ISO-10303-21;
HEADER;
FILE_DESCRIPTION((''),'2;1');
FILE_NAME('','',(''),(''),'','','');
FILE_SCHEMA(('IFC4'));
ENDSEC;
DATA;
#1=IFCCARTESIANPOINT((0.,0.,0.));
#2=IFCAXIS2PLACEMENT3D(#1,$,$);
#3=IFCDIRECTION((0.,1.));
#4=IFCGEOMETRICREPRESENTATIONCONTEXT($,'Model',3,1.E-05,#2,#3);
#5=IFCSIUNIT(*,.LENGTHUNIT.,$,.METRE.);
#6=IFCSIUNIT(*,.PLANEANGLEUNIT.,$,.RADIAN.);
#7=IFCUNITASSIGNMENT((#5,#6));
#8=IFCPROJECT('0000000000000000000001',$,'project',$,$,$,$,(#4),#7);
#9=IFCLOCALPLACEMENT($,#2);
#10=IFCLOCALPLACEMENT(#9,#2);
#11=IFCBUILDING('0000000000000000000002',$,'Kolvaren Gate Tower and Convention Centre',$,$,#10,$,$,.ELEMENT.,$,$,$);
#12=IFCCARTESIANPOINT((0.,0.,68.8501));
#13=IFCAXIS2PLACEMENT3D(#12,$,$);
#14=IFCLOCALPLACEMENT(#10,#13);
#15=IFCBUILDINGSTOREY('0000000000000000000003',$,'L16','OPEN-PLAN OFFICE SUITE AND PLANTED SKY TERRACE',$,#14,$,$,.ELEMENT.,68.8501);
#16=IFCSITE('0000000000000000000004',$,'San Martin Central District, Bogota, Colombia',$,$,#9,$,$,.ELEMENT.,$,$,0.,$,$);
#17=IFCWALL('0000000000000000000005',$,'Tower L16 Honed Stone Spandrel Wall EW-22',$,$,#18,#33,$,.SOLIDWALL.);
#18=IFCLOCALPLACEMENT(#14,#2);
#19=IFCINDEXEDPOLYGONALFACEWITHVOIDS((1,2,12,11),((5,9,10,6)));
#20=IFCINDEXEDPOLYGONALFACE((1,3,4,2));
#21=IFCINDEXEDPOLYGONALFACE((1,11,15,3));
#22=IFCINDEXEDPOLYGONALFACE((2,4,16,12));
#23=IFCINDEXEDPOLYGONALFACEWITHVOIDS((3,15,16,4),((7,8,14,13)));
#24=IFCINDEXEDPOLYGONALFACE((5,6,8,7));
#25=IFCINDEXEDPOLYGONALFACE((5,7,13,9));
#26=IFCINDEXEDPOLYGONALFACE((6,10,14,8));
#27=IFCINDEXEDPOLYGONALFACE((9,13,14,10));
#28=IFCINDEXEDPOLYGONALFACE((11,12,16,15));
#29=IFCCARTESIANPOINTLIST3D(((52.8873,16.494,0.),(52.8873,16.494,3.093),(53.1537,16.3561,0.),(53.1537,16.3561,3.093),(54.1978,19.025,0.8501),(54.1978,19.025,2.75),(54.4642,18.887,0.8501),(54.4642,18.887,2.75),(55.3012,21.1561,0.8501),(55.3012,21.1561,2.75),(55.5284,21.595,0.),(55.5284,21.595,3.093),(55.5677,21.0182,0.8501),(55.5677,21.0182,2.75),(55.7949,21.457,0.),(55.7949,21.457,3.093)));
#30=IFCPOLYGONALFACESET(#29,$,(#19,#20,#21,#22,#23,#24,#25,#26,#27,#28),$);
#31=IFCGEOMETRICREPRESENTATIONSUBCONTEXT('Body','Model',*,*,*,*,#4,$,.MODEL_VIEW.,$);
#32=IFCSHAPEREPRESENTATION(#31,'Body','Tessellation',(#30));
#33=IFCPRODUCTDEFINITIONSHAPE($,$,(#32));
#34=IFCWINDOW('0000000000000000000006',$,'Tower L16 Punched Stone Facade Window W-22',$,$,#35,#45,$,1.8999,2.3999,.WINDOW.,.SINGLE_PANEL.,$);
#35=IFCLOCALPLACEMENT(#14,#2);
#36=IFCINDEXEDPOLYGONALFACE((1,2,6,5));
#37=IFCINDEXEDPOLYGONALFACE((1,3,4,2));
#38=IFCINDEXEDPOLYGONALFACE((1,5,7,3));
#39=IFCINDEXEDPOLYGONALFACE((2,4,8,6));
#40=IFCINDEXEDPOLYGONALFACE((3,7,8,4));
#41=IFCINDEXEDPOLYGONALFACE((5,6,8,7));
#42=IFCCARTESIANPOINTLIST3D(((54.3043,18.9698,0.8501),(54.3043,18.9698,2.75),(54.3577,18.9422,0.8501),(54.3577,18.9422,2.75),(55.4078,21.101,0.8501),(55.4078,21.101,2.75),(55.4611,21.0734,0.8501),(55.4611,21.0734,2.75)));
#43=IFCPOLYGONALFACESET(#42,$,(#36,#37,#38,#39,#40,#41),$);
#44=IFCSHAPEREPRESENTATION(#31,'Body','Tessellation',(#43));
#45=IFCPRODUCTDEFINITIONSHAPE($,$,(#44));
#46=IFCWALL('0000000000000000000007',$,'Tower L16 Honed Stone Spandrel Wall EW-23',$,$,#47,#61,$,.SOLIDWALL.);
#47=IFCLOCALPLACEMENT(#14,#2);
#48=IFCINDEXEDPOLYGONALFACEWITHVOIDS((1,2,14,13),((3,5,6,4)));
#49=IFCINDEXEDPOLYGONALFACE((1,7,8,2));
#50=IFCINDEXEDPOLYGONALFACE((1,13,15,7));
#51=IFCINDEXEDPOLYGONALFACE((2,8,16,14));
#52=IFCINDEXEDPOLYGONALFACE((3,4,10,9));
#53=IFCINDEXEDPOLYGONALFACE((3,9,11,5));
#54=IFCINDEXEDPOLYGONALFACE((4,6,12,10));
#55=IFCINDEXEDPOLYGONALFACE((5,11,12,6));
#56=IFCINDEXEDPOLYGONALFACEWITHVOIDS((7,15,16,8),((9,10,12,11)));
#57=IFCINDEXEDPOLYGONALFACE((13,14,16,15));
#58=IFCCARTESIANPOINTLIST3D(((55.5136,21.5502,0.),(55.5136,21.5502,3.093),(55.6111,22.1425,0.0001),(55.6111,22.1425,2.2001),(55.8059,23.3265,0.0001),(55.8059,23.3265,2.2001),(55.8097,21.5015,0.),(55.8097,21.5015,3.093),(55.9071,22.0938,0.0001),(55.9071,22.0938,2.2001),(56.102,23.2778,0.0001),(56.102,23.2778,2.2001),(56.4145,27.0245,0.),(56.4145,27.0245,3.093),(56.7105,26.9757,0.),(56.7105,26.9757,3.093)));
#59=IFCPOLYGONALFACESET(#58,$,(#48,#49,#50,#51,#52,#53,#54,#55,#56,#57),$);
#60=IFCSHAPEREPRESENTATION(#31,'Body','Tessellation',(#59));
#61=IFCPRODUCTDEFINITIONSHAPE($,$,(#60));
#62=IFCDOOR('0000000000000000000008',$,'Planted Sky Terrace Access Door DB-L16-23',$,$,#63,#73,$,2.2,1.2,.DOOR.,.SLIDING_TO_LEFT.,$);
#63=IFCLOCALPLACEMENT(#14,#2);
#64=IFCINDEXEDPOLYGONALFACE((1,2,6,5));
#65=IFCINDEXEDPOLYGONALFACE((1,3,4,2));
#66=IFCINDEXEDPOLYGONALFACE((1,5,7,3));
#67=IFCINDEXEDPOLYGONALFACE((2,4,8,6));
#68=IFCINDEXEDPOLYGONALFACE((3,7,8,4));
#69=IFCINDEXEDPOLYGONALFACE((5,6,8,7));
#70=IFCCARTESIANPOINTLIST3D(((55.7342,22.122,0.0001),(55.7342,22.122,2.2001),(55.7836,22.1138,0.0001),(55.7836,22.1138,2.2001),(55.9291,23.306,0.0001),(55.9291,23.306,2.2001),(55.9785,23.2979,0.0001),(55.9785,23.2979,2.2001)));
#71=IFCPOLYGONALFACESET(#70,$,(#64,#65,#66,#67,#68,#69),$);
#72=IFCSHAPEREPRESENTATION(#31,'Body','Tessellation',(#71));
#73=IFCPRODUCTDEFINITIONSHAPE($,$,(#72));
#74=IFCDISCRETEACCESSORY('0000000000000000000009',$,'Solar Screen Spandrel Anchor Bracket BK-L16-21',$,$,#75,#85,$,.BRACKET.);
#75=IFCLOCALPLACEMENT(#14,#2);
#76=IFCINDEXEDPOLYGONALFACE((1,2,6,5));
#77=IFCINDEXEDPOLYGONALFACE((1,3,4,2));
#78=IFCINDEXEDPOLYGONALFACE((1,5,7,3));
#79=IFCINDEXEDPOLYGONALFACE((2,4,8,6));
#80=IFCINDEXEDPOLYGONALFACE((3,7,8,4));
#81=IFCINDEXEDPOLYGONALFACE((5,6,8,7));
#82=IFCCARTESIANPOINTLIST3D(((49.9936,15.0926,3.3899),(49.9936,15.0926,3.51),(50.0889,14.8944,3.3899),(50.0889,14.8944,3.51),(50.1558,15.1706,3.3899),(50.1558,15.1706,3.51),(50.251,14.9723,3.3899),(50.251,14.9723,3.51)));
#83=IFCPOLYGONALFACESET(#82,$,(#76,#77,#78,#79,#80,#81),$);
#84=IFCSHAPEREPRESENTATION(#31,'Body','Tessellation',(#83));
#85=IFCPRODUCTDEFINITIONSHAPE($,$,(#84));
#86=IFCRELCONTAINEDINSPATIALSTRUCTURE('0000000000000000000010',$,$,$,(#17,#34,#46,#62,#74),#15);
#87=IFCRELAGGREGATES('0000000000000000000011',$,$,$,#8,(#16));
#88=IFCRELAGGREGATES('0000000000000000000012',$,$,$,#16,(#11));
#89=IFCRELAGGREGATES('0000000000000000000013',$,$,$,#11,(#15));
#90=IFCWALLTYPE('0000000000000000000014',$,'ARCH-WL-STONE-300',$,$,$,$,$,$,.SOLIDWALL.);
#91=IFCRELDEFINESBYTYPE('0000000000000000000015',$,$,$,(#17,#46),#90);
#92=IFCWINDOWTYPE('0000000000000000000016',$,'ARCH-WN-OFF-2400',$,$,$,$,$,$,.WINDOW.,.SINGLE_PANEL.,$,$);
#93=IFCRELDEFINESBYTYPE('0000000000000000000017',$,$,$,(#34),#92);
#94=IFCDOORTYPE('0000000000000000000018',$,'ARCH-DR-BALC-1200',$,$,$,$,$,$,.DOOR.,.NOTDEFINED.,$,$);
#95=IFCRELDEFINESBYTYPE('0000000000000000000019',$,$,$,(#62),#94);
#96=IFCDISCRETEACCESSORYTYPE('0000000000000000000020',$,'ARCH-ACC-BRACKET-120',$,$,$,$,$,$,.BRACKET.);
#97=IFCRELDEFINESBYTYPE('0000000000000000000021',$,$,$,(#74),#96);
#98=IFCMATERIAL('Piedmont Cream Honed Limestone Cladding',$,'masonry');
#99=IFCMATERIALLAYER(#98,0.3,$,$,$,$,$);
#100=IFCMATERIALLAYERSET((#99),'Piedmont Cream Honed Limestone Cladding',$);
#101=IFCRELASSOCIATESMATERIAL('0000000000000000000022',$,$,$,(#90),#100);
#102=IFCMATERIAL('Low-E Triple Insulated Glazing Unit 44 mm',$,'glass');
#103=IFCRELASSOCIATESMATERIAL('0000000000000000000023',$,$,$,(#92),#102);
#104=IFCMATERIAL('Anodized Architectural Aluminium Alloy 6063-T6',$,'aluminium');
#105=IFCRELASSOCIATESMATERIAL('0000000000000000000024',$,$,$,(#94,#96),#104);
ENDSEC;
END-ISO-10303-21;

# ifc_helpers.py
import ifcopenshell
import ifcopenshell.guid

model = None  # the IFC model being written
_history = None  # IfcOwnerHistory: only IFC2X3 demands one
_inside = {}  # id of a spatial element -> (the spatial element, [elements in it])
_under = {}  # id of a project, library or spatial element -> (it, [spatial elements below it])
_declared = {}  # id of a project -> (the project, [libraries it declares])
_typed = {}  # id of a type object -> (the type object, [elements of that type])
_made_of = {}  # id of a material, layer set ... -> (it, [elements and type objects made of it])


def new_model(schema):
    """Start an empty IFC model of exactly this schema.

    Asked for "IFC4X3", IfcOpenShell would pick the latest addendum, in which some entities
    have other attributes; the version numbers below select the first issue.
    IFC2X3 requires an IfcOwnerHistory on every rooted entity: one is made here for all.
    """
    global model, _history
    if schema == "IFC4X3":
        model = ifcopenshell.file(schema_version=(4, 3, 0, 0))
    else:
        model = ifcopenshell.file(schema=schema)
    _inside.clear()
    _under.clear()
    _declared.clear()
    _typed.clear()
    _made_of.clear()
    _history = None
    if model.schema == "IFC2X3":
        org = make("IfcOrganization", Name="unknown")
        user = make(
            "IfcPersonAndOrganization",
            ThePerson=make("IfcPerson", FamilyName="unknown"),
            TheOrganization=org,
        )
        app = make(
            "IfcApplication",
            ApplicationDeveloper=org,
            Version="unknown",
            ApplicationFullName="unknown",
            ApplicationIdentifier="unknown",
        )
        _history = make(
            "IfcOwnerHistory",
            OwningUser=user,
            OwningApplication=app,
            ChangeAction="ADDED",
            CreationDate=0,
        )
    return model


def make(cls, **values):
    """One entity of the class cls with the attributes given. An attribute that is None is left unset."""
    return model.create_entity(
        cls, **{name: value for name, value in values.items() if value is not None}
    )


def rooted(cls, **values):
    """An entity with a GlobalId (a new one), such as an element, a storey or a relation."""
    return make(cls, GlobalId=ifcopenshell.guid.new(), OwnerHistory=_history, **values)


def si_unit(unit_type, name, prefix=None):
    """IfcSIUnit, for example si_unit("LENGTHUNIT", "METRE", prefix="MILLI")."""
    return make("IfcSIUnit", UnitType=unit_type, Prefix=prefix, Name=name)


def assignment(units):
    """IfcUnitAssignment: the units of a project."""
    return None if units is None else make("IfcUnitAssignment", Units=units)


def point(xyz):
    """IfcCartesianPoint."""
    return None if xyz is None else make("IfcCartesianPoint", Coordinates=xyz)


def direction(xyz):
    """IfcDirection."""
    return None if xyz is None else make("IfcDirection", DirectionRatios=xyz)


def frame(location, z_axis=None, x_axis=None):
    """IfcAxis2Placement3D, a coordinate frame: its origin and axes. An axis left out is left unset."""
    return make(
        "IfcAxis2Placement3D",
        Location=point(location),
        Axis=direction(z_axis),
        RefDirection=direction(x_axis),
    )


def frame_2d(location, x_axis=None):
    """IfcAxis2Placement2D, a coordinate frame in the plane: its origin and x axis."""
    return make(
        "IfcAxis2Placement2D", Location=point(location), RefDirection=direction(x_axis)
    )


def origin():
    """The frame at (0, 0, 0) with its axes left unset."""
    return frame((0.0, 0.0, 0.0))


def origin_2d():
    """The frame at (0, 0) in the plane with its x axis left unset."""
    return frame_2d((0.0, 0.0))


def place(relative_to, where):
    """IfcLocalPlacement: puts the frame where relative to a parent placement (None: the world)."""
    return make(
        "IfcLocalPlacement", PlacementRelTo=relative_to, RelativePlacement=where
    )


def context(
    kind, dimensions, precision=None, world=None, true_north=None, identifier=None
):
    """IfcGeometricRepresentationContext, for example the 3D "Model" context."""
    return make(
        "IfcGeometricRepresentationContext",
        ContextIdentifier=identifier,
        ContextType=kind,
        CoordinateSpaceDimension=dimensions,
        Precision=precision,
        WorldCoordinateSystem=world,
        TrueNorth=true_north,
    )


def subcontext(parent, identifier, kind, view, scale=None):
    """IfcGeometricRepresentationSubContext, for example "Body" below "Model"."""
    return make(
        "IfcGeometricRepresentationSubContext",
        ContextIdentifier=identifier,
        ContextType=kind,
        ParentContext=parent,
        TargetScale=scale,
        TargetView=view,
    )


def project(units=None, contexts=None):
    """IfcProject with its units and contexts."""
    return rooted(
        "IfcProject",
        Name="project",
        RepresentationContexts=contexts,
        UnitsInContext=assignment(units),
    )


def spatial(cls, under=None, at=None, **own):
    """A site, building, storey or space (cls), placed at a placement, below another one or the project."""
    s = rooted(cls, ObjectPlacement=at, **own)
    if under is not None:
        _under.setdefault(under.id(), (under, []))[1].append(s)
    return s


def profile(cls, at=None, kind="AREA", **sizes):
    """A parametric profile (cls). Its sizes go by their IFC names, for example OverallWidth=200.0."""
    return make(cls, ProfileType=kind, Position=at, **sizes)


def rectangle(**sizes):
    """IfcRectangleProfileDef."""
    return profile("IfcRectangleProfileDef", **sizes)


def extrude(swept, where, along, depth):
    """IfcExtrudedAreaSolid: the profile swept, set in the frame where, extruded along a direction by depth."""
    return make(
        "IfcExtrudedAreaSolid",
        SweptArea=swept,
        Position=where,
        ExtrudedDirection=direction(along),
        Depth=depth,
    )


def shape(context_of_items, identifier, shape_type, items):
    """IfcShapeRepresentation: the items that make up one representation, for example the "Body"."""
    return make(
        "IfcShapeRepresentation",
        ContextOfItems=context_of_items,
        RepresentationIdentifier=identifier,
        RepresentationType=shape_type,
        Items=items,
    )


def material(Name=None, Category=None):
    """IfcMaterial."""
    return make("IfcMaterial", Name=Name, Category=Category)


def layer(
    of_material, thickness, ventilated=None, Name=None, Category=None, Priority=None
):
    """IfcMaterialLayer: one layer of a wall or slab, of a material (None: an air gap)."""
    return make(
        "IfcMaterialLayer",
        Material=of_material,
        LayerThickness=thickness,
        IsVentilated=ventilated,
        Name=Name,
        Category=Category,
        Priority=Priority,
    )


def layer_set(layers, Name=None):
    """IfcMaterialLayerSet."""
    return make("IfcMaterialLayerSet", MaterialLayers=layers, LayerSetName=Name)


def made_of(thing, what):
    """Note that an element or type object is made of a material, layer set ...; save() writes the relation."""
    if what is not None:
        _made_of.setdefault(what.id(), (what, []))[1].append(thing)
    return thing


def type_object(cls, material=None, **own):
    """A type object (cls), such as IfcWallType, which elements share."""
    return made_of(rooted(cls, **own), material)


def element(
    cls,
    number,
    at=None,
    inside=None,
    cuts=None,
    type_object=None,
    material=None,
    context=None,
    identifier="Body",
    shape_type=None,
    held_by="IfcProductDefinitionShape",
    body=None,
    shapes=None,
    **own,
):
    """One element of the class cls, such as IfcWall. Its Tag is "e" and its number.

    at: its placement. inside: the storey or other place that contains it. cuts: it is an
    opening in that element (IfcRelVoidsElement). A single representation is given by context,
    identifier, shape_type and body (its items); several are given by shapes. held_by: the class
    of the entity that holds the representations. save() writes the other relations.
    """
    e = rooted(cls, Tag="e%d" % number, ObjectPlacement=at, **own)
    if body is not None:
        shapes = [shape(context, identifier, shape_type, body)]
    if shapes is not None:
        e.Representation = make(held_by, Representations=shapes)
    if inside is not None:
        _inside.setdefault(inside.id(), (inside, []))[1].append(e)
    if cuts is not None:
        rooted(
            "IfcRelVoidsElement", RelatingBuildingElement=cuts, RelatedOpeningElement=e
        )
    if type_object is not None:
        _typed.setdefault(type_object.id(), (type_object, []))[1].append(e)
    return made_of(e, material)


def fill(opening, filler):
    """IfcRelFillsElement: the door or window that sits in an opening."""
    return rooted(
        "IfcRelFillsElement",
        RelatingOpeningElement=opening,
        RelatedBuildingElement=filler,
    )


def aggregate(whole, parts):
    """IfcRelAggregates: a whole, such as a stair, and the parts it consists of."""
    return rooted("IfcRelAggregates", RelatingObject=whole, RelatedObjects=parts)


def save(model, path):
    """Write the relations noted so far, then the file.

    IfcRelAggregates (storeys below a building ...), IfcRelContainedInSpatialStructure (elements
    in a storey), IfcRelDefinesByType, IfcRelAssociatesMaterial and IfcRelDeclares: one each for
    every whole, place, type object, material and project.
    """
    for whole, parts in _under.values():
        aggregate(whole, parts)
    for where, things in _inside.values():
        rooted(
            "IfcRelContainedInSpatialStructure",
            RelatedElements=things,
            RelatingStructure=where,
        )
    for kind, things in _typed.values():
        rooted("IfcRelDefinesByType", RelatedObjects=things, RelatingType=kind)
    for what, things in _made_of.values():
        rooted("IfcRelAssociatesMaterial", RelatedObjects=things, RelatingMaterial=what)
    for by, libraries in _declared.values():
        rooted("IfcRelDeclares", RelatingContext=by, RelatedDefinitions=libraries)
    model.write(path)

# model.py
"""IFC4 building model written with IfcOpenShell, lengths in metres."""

from ifc_helpers import new_model, si_unit, direction, frame, frame_2d, origin, origin_2d, place, context, subcontext, project, spatial, rectangle, extrude, material, layer, layer_set, type_object, element, fill, save


model = new_model("IFC4")

# Units and contexts
model_context = context("Model", 3, precision=1e-05, world=origin(), true_north=direction((0.0, 1.0)))
body_context = subcontext(model_context, "Body", "Model", "MODEL_VIEW")
ifc_project = project(units=[si_unit("LENGTHUNIT", "METRE"), si_unit("PLANEANGLEUNIT", "RADIAN")], contexts=[model_context])

# Site, building, storey
site_placement = place(None, origin())
site = spatial("IfcSite", under=ifc_project, at=site_placement, Name="San Martin Central District, Bogota, Colombia", CompositionType="ELEMENT", RefElevation=0.0)
building_placement = place(site_placement, origin())
building = spatial("IfcBuilding", under=site, at=building_placement, Name="Kolvaren Gate Tower and Convention Centre", CompositionType="ELEMENT")
storey_placement = place(building_placement, frame((0.0, 0.0, 68.8501)))
storey = spatial("IfcBuildingStorey", under=building, at=storey_placement, Name="L16", Description="OPEN-PLAN OFFICE SUITE AND PLANTED SKY TERRACE", CompositionType="ELEMENT", Elevation=68.8501)

# Shared definitions
ifc_material_1 = material(Name="Anodized Architectural Aluminium Alloy 6063-T6", Category="aluminium")

# Shared definitions
ifc_material_2 = material(Name="Low-E Triple Insulated Glazing Unit 44 mm", Category="glass")

# Shared definitions
ifc_material_3 = material(Name="Piedmont Cream Honed Limestone Cladding", Category="masonry")

# Wall, opening, window
ifc_layer_1 = layer(ifc_material_3, 0.3)
ifc_layer_set_1 = layer_set([ifc_layer_1], Name="Piedmont Cream Honed Limestone Cladding")
wall_type_1 = type_object("IfcWallType", Name="ARCH-WL-STONE-300", PredefinedType="SOLIDWALL", material=ifc_layer_set_1)
wall_1_placement = place(storey_placement, frame((53.0205, 16.425, 0.0), z_axis=(0.0, 0.0, 1.0), x_axis=(0.459801, 0.888022, 0.0)))
wall_1 = element("IfcWall", 1, at=wall_1_placement, inside=storey, type_object=wall_type_1, Name="Tower L16 Honed Stone Spandrel Wall EW-22", PredefinedType="SOLIDWALL", context=body_context, shape_type="SweptSolid", body=[
    extrude(rectangle(XDim=5.7441, YDim=0.3, at=frame_2d((2.8721, 0.0))), origin(), (0.0, 0.0, 1.0), 3.093),
])
opening_1_placement = place(wall_1_placement, frame((2.8501, 0.0, 0.8501)))
opening_1 = element("IfcOpeningElement", 2, at=opening_1_placement, cuts=wall_1, PredefinedType="OPENING", context=body_context, shape_type="SweptSolid", body=[
    extrude(rectangle(XDim=2.3999, YDim=1.8999, at=frame_2d((1.2, 0.95))), frame((0.0, 0.1599, 0.0), z_axis=(0.0, -1.0, 0.0), x_axis=(1.0, 0.0, 0.0)), (0.0, 0.0, 1.0), 0.3201),
])
window_type = type_object("IfcWindowType", Name="ARCH-WN-OFF-2400", PartitioningType="SINGLE_PANEL", PredefinedType="WINDOW", material=ifc_material_2)
window_placement = place(opening_1_placement, origin())
window = element("IfcWindow", 3, at=window_placement, inside=storey, type_object=window_type, Name="Tower L16 Punched Stone Facade Window W-22", OverallHeight=1.8999, OverallWidth=2.3999, PartitioningType="SINGLE_PANEL", PredefinedType="WINDOW", context=body_context, shape_type="SweptSolid", body=[
    extrude(rectangle(XDim=2.3999, YDim=1.8999, at=frame_2d((1.2, 0.95))), frame((0.0, 0.03, 0.0), z_axis=(0.0, -1.0, 0.0), x_axis=(1.0, 0.0, 0.0)), (0.0, 0.0, 1.0), 0.0601),
])
fill(opening_1, window)

# Wall, opening, door
wall_2_placement = place(storey_placement, frame((55.6616, 21.5259, 0.0), z_axis=(0.0, 0.0, 1.0), x_axis=(0.162386, 0.986727, 0.0)))
wall_2 = element("IfcWall", 4, at=wall_2_placement, inside=storey, type_object=wall_type_1, Name="Tower L16 Honed Stone Spandrel Wall EW-23", PredefinedType="SOLIDWALL", context=body_context, shape_type="SweptSolid", body=[
    extrude(rectangle(XDim=5.5479, YDim=0.3, at=frame_2d((2.7739, 0.0))), origin(), (0.0, 0.0, 1.0), 3.093),
])
opening_2_placement = place(wall_2_placement, frame((0.6001, 0.0, 0.0)))
opening_2 = element("IfcOpeningElement", 5, at=opening_2_placement, cuts=wall_2, PredefinedType="OPENING", context=body_context, shape_type="SweptSolid", body=[
    extrude(rectangle(XDim=1.2, YDim=2.2, at=frame_2d((0.6001, 1.1001))), frame((0.0, 0.1599, 0.0), z_axis=(0.0, -1.0, 0.0), x_axis=(1.0, 0.0, 0.0)), (0.0, 0.0, 1.0), 0.3201),
])
door_type_1 = type_object("IfcDoorType", Name="ARCH-DR-BALC-1200", OperationType="NOTDEFINED", PredefinedType="DOOR", material=ifc_material_1)
door_1_placement = place(opening_2_placement, frame((1.2, 0.0, 0.0), z_axis=(0.0, 0.0, 1.0), x_axis=(-1.0, 0.0, 0.0)))
door_1 = element("IfcDoor", 6, at=door_1_placement, inside=storey, type_object=door_type_1, Name="Planted Sky Terrace Access Door DB-L16-23", OperationType="SLIDING_TO_LEFT", OverallHeight=2.2, OverallWidth=1.2, PredefinedType="DOOR", context=body_context, shape_type="SweptSolid", body=[
    extrude(rectangle(XDim=1.2, YDim=2.2, at=frame_2d((0.6001, 1.1001))), frame((0.0, 0.0249, 0.0), z_axis=(0.0, -1.0, 0.0), x_axis=(1.0, 0.0, 0.0)), (0.0, 0.0, 1.0), 0.05),
])
fill(opening_2, door_1)

# Discrete accessory
discrete_accessory_type = type_object("IfcDiscreteAccessoryType", Name="ARCH-ACC-BRACKET-120", PredefinedType="BRACKET", material=ifc_material_1)
discrete_accessory_placement = place(storey_placement, frame((50.1223, 15.0325, 3.3899), z_axis=(0.0, 0.0, 1.0), x_axis=(0.901358, 0.433076, 0.0)))
element("IfcDiscreteAccessory", 7, at=discrete_accessory_placement, inside=storey, type_object=discrete_accessory_type, Name="Solar Screen Spandrel Anchor Bracket BK-L16-21", PredefinedType="BRACKET", context=body_context, shape_type="SweptSolid", body=[
    extrude(rectangle(XDim=0.1799, YDim=0.22, at=origin_2d()), origin(), (0.0, 0.0, 1.0), 0.1201),
])

save(model, "model.ifc")
